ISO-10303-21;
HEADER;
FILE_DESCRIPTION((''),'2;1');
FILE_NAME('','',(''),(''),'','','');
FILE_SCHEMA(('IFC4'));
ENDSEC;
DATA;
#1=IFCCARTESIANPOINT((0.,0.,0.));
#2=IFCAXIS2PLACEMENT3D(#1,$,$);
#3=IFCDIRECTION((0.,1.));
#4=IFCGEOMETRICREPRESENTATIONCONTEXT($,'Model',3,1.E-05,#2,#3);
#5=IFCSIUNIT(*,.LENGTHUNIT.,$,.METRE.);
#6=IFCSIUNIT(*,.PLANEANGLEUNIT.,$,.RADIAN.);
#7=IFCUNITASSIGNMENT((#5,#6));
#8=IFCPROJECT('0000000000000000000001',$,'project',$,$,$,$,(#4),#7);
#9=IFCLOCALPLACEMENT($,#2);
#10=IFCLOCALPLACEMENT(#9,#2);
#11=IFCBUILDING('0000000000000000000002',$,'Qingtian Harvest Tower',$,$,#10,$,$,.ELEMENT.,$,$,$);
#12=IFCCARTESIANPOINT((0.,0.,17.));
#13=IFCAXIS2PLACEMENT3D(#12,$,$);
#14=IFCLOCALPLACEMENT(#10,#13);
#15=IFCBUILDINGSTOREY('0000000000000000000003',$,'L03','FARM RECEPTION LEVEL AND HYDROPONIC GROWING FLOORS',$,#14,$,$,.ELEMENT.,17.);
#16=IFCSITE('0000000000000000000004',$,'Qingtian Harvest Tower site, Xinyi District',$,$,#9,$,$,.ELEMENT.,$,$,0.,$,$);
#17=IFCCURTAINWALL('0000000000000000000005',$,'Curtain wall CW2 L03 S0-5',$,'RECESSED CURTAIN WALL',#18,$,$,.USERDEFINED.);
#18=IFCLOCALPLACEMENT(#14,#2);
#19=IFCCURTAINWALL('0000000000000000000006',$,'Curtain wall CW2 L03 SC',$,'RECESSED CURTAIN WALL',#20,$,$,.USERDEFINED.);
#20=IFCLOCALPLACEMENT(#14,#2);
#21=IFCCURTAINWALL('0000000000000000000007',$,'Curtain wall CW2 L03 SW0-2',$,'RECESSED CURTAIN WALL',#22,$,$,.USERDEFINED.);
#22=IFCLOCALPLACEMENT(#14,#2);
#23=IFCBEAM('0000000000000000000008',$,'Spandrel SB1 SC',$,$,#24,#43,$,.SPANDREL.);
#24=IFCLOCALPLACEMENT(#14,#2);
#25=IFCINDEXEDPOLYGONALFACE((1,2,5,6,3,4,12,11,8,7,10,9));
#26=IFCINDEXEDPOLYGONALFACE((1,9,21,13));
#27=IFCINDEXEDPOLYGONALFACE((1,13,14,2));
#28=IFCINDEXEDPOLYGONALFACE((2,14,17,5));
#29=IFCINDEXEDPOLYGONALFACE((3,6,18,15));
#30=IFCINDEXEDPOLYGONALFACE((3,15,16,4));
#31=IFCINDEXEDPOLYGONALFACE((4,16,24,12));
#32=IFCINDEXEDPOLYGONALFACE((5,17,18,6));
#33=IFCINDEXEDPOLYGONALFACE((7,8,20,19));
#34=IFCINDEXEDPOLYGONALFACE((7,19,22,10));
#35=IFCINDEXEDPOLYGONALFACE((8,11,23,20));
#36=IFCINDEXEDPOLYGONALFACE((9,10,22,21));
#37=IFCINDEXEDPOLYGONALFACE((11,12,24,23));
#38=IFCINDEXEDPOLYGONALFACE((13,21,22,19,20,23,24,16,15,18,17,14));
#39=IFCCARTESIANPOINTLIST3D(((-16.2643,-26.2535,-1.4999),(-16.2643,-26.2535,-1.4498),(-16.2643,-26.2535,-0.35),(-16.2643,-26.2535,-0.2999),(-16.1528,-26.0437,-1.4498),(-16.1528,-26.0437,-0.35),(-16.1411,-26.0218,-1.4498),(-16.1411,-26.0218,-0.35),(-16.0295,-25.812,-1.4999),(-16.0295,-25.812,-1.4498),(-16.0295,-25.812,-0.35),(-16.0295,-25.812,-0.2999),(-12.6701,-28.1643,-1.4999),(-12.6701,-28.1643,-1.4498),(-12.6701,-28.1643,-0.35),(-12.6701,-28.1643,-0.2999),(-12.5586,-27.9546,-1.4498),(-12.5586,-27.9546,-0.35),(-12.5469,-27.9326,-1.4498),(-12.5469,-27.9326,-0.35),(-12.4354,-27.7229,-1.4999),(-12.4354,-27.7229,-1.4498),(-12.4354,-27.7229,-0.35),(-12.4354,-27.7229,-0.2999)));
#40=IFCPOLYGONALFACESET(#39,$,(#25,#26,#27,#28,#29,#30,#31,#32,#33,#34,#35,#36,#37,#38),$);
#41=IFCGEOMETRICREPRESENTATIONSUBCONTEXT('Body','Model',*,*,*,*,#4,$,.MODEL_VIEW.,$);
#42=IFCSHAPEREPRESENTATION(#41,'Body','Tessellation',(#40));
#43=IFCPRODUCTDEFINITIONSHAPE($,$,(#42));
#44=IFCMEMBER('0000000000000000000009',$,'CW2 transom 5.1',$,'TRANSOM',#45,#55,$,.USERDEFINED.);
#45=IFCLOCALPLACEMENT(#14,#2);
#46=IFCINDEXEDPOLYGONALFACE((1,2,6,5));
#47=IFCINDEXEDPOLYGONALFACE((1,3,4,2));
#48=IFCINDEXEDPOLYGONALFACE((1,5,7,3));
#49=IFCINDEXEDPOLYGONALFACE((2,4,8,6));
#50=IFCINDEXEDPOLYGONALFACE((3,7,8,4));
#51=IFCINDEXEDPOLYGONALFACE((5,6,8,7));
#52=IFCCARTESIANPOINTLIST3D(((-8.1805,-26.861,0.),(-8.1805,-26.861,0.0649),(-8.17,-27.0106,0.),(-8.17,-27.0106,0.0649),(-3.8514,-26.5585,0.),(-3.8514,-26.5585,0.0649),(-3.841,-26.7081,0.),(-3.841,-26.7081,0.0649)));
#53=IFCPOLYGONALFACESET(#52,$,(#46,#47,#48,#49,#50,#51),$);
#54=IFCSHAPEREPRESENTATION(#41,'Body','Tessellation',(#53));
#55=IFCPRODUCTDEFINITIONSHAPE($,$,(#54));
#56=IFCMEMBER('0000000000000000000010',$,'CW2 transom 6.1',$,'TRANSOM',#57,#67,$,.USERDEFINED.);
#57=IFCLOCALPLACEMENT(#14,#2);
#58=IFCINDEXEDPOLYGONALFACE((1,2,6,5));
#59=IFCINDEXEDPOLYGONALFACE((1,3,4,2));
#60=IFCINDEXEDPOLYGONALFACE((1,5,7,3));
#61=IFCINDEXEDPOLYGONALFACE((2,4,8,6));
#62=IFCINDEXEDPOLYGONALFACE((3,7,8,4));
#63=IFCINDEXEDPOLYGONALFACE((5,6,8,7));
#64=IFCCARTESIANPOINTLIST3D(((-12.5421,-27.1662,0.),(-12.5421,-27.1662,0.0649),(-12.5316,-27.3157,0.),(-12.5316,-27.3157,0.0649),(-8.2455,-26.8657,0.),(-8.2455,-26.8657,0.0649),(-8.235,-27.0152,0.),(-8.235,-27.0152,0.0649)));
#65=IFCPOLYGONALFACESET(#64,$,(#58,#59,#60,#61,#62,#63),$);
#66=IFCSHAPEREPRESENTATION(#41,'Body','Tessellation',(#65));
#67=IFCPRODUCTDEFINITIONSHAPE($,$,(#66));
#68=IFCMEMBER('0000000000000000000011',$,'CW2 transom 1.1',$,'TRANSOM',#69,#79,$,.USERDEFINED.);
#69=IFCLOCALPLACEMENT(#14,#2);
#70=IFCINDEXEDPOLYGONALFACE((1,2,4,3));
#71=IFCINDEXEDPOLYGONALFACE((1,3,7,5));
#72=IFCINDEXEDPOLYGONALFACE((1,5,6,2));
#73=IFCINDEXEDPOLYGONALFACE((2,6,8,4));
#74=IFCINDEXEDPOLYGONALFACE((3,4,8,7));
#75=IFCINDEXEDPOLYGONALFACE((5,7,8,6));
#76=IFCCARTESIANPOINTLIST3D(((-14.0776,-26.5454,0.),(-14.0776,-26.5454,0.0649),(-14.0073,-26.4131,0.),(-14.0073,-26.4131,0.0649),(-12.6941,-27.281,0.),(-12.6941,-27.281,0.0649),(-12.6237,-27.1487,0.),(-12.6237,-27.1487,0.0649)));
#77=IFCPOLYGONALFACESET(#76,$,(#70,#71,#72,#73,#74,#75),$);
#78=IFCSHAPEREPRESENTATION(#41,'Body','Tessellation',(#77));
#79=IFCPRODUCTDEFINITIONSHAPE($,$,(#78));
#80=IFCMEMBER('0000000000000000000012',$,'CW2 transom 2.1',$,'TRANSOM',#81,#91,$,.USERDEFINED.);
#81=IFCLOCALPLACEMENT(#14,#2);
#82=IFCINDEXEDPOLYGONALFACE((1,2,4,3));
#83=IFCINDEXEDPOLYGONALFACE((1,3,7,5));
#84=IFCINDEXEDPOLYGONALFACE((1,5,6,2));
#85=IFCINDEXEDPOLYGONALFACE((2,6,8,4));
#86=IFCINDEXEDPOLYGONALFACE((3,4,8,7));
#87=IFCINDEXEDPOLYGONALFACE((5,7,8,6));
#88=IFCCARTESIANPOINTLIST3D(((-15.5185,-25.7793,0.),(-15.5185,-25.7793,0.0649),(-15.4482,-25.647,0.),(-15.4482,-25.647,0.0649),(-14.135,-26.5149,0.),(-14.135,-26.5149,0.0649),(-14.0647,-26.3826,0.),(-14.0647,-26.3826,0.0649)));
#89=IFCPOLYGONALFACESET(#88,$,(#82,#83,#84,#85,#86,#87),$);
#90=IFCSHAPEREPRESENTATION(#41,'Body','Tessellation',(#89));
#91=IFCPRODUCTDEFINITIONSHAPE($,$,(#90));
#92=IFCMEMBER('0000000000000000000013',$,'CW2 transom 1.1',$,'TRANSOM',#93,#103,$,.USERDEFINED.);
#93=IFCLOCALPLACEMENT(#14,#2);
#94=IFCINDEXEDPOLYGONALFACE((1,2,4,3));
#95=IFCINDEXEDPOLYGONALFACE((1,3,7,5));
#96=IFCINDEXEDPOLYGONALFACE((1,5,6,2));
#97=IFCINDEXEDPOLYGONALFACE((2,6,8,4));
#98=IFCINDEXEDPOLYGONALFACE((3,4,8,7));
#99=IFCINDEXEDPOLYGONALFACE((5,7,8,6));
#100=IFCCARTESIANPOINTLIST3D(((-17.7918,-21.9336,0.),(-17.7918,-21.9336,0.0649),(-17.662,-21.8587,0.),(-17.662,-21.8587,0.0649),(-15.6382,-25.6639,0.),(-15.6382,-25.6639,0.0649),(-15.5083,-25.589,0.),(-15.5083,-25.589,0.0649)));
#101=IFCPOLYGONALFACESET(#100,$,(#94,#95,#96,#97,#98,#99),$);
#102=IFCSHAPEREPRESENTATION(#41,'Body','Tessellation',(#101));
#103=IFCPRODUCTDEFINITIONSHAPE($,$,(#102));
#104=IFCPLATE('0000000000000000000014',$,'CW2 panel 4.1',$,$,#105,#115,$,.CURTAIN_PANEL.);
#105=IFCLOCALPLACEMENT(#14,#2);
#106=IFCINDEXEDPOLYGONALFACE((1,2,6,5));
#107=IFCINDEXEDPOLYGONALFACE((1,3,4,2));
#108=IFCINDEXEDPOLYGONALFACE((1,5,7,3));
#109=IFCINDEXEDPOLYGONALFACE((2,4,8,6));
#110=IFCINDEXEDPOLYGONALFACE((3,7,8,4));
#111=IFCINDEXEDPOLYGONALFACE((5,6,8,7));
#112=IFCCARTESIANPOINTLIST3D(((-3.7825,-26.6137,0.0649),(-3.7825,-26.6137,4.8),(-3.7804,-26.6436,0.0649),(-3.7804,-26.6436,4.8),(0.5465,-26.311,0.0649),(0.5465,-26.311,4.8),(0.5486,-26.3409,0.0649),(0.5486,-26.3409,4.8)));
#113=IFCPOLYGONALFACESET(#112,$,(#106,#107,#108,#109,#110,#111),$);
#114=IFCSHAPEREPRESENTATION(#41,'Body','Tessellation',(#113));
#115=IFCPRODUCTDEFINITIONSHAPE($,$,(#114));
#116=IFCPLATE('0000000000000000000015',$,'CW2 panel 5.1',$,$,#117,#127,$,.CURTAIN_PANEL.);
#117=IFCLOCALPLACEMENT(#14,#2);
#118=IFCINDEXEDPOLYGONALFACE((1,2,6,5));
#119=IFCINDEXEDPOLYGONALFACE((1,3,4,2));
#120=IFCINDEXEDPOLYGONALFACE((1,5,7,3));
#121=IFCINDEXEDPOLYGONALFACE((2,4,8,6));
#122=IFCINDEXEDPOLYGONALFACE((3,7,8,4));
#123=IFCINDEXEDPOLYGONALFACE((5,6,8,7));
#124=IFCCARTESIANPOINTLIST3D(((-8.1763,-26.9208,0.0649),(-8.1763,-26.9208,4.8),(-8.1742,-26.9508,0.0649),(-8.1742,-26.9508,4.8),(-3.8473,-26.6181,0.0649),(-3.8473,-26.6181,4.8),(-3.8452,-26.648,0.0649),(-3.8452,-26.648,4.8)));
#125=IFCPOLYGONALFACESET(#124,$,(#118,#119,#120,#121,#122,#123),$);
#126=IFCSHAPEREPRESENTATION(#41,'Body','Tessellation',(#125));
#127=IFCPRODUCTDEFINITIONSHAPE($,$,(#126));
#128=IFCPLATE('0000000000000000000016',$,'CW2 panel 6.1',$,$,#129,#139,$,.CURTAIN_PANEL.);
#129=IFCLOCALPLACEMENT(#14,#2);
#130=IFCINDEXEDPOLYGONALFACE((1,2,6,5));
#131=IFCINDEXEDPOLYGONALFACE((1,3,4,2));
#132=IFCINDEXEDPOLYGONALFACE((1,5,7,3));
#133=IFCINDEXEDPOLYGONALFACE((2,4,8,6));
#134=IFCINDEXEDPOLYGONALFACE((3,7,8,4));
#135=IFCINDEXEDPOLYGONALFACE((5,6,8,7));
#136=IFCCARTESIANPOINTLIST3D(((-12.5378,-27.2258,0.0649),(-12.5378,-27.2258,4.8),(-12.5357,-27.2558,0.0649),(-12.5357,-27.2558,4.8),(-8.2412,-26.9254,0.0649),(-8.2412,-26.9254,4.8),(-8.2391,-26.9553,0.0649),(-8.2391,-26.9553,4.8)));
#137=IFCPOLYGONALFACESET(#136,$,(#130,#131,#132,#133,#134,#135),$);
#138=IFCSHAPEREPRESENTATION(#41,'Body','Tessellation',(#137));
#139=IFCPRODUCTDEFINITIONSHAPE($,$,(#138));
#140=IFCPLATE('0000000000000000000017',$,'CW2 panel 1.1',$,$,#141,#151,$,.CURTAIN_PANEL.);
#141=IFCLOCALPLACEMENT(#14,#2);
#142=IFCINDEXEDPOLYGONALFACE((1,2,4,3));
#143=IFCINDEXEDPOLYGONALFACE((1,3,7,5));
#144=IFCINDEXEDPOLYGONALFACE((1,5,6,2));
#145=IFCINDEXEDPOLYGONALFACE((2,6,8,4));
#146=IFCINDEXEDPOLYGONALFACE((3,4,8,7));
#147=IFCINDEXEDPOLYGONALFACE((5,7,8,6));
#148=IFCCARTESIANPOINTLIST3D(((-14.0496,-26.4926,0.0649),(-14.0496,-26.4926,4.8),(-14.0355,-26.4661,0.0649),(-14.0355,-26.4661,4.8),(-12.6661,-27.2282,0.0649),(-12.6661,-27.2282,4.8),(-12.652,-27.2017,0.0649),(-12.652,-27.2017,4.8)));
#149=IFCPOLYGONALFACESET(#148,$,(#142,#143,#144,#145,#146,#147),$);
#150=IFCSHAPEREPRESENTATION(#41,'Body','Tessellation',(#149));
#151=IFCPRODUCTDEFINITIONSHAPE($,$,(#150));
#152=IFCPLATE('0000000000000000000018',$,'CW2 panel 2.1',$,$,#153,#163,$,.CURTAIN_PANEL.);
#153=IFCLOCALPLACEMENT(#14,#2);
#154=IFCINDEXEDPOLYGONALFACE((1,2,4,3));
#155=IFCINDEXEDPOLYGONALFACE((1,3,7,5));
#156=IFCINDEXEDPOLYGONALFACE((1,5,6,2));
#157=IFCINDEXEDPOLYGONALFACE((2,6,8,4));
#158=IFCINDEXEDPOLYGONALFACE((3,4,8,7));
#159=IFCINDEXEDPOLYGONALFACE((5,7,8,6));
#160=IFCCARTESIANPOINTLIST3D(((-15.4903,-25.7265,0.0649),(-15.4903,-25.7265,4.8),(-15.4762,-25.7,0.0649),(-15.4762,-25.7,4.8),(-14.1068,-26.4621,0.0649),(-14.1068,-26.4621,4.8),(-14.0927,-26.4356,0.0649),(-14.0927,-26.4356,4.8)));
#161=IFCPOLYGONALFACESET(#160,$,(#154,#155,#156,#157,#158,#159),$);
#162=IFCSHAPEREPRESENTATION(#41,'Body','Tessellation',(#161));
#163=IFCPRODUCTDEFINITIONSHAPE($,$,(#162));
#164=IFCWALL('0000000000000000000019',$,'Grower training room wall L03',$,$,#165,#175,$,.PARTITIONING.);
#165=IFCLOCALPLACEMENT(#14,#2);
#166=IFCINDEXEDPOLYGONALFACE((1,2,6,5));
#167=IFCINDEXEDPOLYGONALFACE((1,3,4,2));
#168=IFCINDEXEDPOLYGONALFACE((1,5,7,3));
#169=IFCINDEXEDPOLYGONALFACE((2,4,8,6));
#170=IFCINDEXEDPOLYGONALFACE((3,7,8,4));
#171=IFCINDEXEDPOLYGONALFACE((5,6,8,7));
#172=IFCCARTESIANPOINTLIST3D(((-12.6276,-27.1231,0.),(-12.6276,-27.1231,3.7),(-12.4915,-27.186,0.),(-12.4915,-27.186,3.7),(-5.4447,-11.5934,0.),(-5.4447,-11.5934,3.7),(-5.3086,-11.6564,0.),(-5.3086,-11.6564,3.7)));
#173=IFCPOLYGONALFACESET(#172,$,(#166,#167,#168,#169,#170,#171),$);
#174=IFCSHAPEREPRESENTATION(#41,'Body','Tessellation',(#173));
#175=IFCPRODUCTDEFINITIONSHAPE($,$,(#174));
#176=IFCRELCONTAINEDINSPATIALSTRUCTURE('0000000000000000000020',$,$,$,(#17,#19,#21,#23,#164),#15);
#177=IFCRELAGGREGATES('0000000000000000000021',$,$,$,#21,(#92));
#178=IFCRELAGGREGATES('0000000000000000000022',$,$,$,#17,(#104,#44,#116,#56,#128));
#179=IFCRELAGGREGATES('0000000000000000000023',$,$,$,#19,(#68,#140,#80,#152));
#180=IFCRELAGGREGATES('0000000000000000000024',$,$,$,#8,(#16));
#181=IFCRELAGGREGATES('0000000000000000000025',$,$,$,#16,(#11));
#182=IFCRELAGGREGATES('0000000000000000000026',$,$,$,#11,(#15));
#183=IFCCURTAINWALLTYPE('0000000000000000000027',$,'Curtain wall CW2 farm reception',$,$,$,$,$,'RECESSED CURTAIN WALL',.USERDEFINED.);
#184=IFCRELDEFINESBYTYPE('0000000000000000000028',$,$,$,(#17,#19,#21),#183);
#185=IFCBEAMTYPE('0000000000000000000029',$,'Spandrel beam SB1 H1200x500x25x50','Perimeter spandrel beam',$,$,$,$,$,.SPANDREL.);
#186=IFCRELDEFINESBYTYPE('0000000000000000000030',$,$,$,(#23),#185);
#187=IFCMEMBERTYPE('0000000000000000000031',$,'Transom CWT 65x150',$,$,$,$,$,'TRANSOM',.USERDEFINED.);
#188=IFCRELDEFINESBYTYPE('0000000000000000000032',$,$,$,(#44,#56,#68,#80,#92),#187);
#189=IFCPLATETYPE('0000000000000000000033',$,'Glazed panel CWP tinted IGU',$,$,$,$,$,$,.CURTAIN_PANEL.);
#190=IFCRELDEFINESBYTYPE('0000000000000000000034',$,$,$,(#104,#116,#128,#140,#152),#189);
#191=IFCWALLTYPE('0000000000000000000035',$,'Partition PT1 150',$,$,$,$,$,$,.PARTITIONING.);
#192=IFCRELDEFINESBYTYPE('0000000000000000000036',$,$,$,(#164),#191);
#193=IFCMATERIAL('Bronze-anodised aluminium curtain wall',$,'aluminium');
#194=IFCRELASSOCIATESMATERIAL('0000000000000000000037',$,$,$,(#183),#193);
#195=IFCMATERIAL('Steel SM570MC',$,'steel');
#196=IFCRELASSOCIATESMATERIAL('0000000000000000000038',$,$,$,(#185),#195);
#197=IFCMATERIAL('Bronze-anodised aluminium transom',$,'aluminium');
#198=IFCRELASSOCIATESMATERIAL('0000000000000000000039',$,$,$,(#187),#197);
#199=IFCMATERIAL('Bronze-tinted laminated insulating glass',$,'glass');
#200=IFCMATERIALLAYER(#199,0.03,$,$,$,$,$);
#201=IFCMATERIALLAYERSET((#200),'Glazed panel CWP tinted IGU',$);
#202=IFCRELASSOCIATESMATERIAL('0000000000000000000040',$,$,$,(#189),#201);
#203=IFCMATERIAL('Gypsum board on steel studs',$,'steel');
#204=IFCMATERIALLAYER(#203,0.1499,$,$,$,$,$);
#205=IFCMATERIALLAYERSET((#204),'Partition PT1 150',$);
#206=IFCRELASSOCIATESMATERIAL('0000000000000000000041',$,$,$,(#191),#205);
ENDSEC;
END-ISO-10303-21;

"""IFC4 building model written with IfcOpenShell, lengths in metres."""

from ifc_helpers import new_model, si_unit, direction, frame, frame_2d, origin, origin_2d, place, context, subcontext, project, spatial, rectangle, i_section, extrude, material, layer, layer_set, material_profile, profile_set, type_object, element, aggregate, save


model = new_model("IFC4")

# Units and contexts
model_context = context("Model", 3, precision=1e-05, world=origin(), true_north=direction((0.0, 1.0)))
body_context = subcontext(model_context, "Body", "Model", "MODEL_VIEW")
ifc_project = project(units=[si_unit("LENGTHUNIT", "METRE"), si_unit("PLANEANGLEUNIT", "RADIAN")], contexts=[model_context])

# Site, building, storey
site_placement = place(None, origin())
site = spatial("IfcSite", under=ifc_project, at=site_placement, Name="Qingtian Harvest Tower site, Xinyi District", CompositionType="ELEMENT", RefElevation=0.0)
building_placement = place(site_placement, origin())
building = spatial("IfcBuilding", under=site, at=building_placement, Name="Qingtian Harvest Tower", CompositionType="ELEMENT")
storey_placement = place(building_placement, frame((0.0, 0.0, 17.0)))
storey = spatial("IfcBuildingStorey", under=building, at=storey_placement, Name="L03", Description="FARM RECEPTION LEVEL AND HYDROPONIC GROWING FLOORS", CompositionType="ELEMENT", Elevation=17.0)

# Curtain walls
ifc_material_1 = material(Name="Bronze-anodised aluminium curtain wall", Category="aluminium")
curtain_wall_type = type_object("IfcCurtainWallType", Name="Curtain wall CW2 farm reception", ElementType="RECESSED CURTAIN WALL", PredefinedType="USERDEFINED", material=ifc_material_1)
curtain_wall_1_placement = place(storey_placement, origin())
curtain_wall_1 = element("IfcCurtainWall", 1, at=curtain_wall_1_placement, inside=storey, type_object=curtain_wall_type, Name="Curtain wall CW2 L03 S0-5", ObjectType="RECESSED CURTAIN WALL", PredefinedType="USERDEFINED")
curtain_wall_2_placement = place(storey_placement, origin())
curtain_wall_2 = element("IfcCurtainWall", 2, at=curtain_wall_2_placement, inside=storey, type_object=curtain_wall_type, Name="Curtain wall CW2 L03 SC", ObjectType="RECESSED CURTAIN WALL", PredefinedType="USERDEFINED")

# Curtain wall
curtain_wall_3_placement = place(storey_placement, origin())
curtain_wall_3 = element("IfcCurtainWall", 3, at=curtain_wall_3_placement, inside=storey, type_object=curtain_wall_type, Name="Curtain wall CW2 L03 SW0-2", ObjectType="RECESSED CURTAIN WALL", PredefinedType="USERDEFINED")

# Beam
ifc_material_2 = material(Name="Steel SM570MC", Category="steel")
ifc_material_profile_1 = material_profile(ifc_material_2, i_section(OverallWidth=0.5, OverallDepth=1.2, WebThickness=0.0249, FlangeThickness=0.05, at=origin_2d()), Name="H1200x500x25x50")
ifc_profile_set_1 = profile_set([ifc_material_profile_1], Name="Steel SM570MC")
beam_type_1 = type_object("IfcBeamType", Name="Spandrel beam SB1 H1200x500x25x50", Description="Perimeter spandrel beam", PredefinedType="SPANDREL", material=ifc_profile_set_1)
beam_1_placement = place(storey_placement, frame((-12.5527, -27.9436, -0.8999), z_axis=(-0.882968, 0.469433, 0.0), x_axis=(-0.469433, -0.882968, 0.0)))
element("IfcBeam", 4, at=beam_1_placement, inside=storey, type_object=beam_type_1, Name="Spandrel SB1 SC", PredefinedType="SPANDREL", context=body_context, shape_type="SweptSolid", body=[
    extrude(i_section(OverallWidth=0.5, OverallDepth=1.2, WebThickness=0.0249, FlangeThickness=0.05, at=origin_2d()), origin(), (0.0, 0.0, 1.0), 4.0706),
])

# Members
ifc_material_3 = material(Name="Bronze-anodised aluminium transom", Category="aluminium")
ifc_material_profile_2 = material_profile(ifc_material_3, rectangle(XDim=0.1499, YDim=0.0649, at=origin_2d()), Name="AL 65x150")
ifc_profile_set_2 = profile_set([ifc_material_profile_2], Name="Bronze-anodised aluminium transom")
member_type_1 = type_object("IfcMemberType", Name="Transom CWT 65x150", ElementType="TRANSOM", PredefinedType="USERDEFINED", material=ifc_profile_set_2)
member_1_placement = place(storey_placement, frame((-3.8462, -26.6333, 0.0325), z_axis=(-0.997568, -0.069704, 0.0), x_axis=(0.069704, -0.997568, 0.0)))
member_1 = element("IfcMember", 5, at=member_1_placement, type_object=member_type_1, Name="CW2 transom 5.1", ObjectType="TRANSOM", PredefinedType="USERDEFINED", context=body_context, shape_type="SweptSolid", body=[
    extrude(rectangle(XDim=0.1499, YDim=0.0649, at=origin_2d()), origin(), (0.0, 0.0, 1.0), 4.3396),
])
member_2_placement = place(storey_placement, frame((-8.2402, -26.9404, 0.0325), z_axis=(-0.997563, -0.069777, 0.0), x_axis=(0.069777, -0.997563, 0.0)))
member_2 = element("IfcMember", 6, at=member_2_placement, type_object=member_type_1, Name="CW2 transom 6.1", ObjectType="TRANSOM", PredefinedType="USERDEFINED", context=body_context, shape_type="SweptSolid", body=[
    extrude(rectangle(XDim=0.1499, YDim=0.0649, at=origin_2d()), origin(), (0.0, 0.0, 1.0), 4.3071),
])
member_3_placement = place(storey_placement, frame((-12.6589, -27.2148, 0.0325), z_axis=(-0.88296, 0.469448, 0.0), x_axis=(-0.469448, -0.88296, 0.0)))
member_3 = element("IfcMember", 7, at=member_3_placement, type_object=member_type_1, Name="CW2 transom 1.1", ObjectType="TRANSOM", PredefinedType="USERDEFINED", context=body_context, shape_type="SweptSolid", body=[
    extrude(rectangle(XDim=0.1499, YDim=0.0649, at=origin_2d()), origin(), (0.0, 0.0, 1.0), 1.5669),
])
member_4_placement = place(storey_placement, frame((-14.0999, -26.4487, 0.0325), z_axis=(-0.88296, 0.469448, 0.0), x_axis=(-0.469448, -0.88296, 0.0)))
member_4 = element("IfcMember", 8, at=member_4_placement, type_object=member_type_1, Name="CW2 transom 2.1", ObjectType="TRANSOM", PredefinedType="USERDEFINED", context=body_context, shape_type="SweptSolid", body=[
    extrude(rectangle(XDim=0.1499, YDim=0.0649, at=origin_2d()), origin(), (0.0, 0.0, 1.0), 1.5669),
])
member_5_placement = place(storey_placement, frame((-15.5732, -25.6265, 0.0325), z_axis=(-0.499986, 0.866034, 0.0), x_axis=(-0.866034, -0.499986, 0.0)))
member_5 = element("IfcMember", 9, at=member_5_placement, type_object=member_type_1, Name="CW2 transom 1.1", ObjectType="TRANSOM", PredefinedType="USERDEFINED", context=body_context, shape_type="SweptSolid", body=[
    extrude(rectangle(XDim=0.1499, YDim=0.0649, at=origin_2d()), origin(), (0.0, 0.0, 1.0), 4.3074),
])
aggregate(curtain_wall_3, [member_5])

# Plates
ifc_material_4 = material(Name="Bronze-tinted laminated insulating glass", Category="glass")
ifc_layer_1 = layer(ifc_material_4, 0.03)
ifc_layer_set_1 = layer_set([ifc_layer_1], Name="Glazed panel CWP tinted IGU")
plate_type = type_object("IfcPlateType", Name="Glazed panel CWP tinted IGU", PredefinedType="CURTAIN_PANEL", material=ifc_layer_set_1)
plate_1_placement = place(storey_placement, frame((-1.6169, -26.4773, 0.0649), z_axis=(0.0, 0.0, 1.0), x_axis=(-0.997564, -0.069756, 0.0)))
plate_1 = element("IfcPlate", 10, at=plate_1_placement, type_object=plate_type, Name="CW2 panel 4.1", PredefinedType="CURTAIN_PANEL", context=body_context, shape_type="SweptSolid", body=[
    extrude(rectangle(XDim=4.3396, YDim=0.03, at=origin_2d()), origin(), (0.0, 0.0, 1.0), 4.7351),
])
plate_2_placement = place(storey_placement, frame((-6.0107, -26.7844, 0.0649), z_axis=(0.0, 0.0, 1.0), x_axis=(-0.997564, -0.069756, 0.0)))
plate_2 = element("IfcPlate", 11, at=plate_2_placement, type_object=plate_type, Name="CW2 panel 5.1", PredefinedType="CURTAIN_PANEL", context=body_context, shape_type="SweptSolid", body=[
    extrude(rectangle(XDim=4.3396, YDim=0.03, at=origin_2d()), origin(), (0.0, 0.0, 1.0), 4.7351),
])
plate_3_placement = place(storey_placement, frame((-10.3884, -27.0906, 0.0649), z_axis=(0.0, 0.0, 1.0), x_axis=(-0.997564, -0.069756, 0.0)))
plate_3 = element("IfcPlate", 12, at=plate_3_placement, type_object=plate_type, Name="CW2 panel 6.1", PredefinedType="CURTAIN_PANEL", context=body_context, shape_type="SweptSolid", body=[
    extrude(rectangle(XDim=4.3071, YDim=0.03, at=origin_2d()), origin(), (0.0, 0.0, 1.0), 4.7351),
])
aggregate(curtain_wall_1, [plate_1, member_1, plate_2, member_2, plate_3])
plate_4_placement = place(storey_placement, frame((-13.3508, -26.8472, 0.0649), z_axis=(0.0, 0.0, 1.0), x_axis=(-0.882948, 0.469472, 0.0)))
plate_4 = element("IfcPlate", 13, at=plate_4_placement, type_object=plate_type, Name="CW2 panel 1.1", PredefinedType="CURTAIN_PANEL", context=body_context, shape_type="SweptSolid", body=[
    extrude(rectangle(XDim=1.5669, YDim=0.03, at=origin_2d()), origin(), (0.0, 0.0, 1.0), 4.7351),
])
plate_5_placement = place(storey_placement, frame((-14.7915, -26.0811, 0.0649), z_axis=(0.0, 0.0, 1.0), x_axis=(-0.882948, 0.469472, 0.0)))
plate_5 = element("IfcPlate", 14, at=plate_5_placement, type_object=plate_type, Name="CW2 panel 2.1", PredefinedType="CURTAIN_PANEL", context=body_context, shape_type="SweptSolid", body=[
    extrude(rectangle(XDim=1.5669, YDim=0.03, at=origin_2d()), origin(), (0.0, 0.0, 1.0), 4.7351),
])
aggregate(curtain_wall_2, [member_3, plate_4, member_4, plate_5])

# Wall
ifc_material_5 = material(Name="Gypsum board on steel studs", Category="steel")
ifc_layer_2 = layer(ifc_material_5, 0.1499)
ifc_layer_set_2 = layer_set([ifc_layer_2], Name="Partition PT1 150")
wall_type = type_object("IfcWallType", Name="Partition PT1 150", PredefinedType="PARTITIONING", material=ifc_layer_set_2)
wall_1_placement = place(storey_placement, frame((-12.5596, -27.1545, 0.0), z_axis=(0.0, 0.0, 1.0), x_axis=(0.419799, 0.907617, 0.0)))
element("IfcWall", 15, at=wall_1_placement, inside=storey, type_object=wall_type, Name="Grower training room wall L03", PredefinedType="PARTITIONING", context=body_context, shape_type="SweptSolid", body=[
    extrude(rectangle(XDim=17.1104, YDim=0.1499, at=frame_2d((8.5552, 0.0))), origin(), (0.0, 0.0, 1.0), 3.7),
])

save(model, "model.ifc")
